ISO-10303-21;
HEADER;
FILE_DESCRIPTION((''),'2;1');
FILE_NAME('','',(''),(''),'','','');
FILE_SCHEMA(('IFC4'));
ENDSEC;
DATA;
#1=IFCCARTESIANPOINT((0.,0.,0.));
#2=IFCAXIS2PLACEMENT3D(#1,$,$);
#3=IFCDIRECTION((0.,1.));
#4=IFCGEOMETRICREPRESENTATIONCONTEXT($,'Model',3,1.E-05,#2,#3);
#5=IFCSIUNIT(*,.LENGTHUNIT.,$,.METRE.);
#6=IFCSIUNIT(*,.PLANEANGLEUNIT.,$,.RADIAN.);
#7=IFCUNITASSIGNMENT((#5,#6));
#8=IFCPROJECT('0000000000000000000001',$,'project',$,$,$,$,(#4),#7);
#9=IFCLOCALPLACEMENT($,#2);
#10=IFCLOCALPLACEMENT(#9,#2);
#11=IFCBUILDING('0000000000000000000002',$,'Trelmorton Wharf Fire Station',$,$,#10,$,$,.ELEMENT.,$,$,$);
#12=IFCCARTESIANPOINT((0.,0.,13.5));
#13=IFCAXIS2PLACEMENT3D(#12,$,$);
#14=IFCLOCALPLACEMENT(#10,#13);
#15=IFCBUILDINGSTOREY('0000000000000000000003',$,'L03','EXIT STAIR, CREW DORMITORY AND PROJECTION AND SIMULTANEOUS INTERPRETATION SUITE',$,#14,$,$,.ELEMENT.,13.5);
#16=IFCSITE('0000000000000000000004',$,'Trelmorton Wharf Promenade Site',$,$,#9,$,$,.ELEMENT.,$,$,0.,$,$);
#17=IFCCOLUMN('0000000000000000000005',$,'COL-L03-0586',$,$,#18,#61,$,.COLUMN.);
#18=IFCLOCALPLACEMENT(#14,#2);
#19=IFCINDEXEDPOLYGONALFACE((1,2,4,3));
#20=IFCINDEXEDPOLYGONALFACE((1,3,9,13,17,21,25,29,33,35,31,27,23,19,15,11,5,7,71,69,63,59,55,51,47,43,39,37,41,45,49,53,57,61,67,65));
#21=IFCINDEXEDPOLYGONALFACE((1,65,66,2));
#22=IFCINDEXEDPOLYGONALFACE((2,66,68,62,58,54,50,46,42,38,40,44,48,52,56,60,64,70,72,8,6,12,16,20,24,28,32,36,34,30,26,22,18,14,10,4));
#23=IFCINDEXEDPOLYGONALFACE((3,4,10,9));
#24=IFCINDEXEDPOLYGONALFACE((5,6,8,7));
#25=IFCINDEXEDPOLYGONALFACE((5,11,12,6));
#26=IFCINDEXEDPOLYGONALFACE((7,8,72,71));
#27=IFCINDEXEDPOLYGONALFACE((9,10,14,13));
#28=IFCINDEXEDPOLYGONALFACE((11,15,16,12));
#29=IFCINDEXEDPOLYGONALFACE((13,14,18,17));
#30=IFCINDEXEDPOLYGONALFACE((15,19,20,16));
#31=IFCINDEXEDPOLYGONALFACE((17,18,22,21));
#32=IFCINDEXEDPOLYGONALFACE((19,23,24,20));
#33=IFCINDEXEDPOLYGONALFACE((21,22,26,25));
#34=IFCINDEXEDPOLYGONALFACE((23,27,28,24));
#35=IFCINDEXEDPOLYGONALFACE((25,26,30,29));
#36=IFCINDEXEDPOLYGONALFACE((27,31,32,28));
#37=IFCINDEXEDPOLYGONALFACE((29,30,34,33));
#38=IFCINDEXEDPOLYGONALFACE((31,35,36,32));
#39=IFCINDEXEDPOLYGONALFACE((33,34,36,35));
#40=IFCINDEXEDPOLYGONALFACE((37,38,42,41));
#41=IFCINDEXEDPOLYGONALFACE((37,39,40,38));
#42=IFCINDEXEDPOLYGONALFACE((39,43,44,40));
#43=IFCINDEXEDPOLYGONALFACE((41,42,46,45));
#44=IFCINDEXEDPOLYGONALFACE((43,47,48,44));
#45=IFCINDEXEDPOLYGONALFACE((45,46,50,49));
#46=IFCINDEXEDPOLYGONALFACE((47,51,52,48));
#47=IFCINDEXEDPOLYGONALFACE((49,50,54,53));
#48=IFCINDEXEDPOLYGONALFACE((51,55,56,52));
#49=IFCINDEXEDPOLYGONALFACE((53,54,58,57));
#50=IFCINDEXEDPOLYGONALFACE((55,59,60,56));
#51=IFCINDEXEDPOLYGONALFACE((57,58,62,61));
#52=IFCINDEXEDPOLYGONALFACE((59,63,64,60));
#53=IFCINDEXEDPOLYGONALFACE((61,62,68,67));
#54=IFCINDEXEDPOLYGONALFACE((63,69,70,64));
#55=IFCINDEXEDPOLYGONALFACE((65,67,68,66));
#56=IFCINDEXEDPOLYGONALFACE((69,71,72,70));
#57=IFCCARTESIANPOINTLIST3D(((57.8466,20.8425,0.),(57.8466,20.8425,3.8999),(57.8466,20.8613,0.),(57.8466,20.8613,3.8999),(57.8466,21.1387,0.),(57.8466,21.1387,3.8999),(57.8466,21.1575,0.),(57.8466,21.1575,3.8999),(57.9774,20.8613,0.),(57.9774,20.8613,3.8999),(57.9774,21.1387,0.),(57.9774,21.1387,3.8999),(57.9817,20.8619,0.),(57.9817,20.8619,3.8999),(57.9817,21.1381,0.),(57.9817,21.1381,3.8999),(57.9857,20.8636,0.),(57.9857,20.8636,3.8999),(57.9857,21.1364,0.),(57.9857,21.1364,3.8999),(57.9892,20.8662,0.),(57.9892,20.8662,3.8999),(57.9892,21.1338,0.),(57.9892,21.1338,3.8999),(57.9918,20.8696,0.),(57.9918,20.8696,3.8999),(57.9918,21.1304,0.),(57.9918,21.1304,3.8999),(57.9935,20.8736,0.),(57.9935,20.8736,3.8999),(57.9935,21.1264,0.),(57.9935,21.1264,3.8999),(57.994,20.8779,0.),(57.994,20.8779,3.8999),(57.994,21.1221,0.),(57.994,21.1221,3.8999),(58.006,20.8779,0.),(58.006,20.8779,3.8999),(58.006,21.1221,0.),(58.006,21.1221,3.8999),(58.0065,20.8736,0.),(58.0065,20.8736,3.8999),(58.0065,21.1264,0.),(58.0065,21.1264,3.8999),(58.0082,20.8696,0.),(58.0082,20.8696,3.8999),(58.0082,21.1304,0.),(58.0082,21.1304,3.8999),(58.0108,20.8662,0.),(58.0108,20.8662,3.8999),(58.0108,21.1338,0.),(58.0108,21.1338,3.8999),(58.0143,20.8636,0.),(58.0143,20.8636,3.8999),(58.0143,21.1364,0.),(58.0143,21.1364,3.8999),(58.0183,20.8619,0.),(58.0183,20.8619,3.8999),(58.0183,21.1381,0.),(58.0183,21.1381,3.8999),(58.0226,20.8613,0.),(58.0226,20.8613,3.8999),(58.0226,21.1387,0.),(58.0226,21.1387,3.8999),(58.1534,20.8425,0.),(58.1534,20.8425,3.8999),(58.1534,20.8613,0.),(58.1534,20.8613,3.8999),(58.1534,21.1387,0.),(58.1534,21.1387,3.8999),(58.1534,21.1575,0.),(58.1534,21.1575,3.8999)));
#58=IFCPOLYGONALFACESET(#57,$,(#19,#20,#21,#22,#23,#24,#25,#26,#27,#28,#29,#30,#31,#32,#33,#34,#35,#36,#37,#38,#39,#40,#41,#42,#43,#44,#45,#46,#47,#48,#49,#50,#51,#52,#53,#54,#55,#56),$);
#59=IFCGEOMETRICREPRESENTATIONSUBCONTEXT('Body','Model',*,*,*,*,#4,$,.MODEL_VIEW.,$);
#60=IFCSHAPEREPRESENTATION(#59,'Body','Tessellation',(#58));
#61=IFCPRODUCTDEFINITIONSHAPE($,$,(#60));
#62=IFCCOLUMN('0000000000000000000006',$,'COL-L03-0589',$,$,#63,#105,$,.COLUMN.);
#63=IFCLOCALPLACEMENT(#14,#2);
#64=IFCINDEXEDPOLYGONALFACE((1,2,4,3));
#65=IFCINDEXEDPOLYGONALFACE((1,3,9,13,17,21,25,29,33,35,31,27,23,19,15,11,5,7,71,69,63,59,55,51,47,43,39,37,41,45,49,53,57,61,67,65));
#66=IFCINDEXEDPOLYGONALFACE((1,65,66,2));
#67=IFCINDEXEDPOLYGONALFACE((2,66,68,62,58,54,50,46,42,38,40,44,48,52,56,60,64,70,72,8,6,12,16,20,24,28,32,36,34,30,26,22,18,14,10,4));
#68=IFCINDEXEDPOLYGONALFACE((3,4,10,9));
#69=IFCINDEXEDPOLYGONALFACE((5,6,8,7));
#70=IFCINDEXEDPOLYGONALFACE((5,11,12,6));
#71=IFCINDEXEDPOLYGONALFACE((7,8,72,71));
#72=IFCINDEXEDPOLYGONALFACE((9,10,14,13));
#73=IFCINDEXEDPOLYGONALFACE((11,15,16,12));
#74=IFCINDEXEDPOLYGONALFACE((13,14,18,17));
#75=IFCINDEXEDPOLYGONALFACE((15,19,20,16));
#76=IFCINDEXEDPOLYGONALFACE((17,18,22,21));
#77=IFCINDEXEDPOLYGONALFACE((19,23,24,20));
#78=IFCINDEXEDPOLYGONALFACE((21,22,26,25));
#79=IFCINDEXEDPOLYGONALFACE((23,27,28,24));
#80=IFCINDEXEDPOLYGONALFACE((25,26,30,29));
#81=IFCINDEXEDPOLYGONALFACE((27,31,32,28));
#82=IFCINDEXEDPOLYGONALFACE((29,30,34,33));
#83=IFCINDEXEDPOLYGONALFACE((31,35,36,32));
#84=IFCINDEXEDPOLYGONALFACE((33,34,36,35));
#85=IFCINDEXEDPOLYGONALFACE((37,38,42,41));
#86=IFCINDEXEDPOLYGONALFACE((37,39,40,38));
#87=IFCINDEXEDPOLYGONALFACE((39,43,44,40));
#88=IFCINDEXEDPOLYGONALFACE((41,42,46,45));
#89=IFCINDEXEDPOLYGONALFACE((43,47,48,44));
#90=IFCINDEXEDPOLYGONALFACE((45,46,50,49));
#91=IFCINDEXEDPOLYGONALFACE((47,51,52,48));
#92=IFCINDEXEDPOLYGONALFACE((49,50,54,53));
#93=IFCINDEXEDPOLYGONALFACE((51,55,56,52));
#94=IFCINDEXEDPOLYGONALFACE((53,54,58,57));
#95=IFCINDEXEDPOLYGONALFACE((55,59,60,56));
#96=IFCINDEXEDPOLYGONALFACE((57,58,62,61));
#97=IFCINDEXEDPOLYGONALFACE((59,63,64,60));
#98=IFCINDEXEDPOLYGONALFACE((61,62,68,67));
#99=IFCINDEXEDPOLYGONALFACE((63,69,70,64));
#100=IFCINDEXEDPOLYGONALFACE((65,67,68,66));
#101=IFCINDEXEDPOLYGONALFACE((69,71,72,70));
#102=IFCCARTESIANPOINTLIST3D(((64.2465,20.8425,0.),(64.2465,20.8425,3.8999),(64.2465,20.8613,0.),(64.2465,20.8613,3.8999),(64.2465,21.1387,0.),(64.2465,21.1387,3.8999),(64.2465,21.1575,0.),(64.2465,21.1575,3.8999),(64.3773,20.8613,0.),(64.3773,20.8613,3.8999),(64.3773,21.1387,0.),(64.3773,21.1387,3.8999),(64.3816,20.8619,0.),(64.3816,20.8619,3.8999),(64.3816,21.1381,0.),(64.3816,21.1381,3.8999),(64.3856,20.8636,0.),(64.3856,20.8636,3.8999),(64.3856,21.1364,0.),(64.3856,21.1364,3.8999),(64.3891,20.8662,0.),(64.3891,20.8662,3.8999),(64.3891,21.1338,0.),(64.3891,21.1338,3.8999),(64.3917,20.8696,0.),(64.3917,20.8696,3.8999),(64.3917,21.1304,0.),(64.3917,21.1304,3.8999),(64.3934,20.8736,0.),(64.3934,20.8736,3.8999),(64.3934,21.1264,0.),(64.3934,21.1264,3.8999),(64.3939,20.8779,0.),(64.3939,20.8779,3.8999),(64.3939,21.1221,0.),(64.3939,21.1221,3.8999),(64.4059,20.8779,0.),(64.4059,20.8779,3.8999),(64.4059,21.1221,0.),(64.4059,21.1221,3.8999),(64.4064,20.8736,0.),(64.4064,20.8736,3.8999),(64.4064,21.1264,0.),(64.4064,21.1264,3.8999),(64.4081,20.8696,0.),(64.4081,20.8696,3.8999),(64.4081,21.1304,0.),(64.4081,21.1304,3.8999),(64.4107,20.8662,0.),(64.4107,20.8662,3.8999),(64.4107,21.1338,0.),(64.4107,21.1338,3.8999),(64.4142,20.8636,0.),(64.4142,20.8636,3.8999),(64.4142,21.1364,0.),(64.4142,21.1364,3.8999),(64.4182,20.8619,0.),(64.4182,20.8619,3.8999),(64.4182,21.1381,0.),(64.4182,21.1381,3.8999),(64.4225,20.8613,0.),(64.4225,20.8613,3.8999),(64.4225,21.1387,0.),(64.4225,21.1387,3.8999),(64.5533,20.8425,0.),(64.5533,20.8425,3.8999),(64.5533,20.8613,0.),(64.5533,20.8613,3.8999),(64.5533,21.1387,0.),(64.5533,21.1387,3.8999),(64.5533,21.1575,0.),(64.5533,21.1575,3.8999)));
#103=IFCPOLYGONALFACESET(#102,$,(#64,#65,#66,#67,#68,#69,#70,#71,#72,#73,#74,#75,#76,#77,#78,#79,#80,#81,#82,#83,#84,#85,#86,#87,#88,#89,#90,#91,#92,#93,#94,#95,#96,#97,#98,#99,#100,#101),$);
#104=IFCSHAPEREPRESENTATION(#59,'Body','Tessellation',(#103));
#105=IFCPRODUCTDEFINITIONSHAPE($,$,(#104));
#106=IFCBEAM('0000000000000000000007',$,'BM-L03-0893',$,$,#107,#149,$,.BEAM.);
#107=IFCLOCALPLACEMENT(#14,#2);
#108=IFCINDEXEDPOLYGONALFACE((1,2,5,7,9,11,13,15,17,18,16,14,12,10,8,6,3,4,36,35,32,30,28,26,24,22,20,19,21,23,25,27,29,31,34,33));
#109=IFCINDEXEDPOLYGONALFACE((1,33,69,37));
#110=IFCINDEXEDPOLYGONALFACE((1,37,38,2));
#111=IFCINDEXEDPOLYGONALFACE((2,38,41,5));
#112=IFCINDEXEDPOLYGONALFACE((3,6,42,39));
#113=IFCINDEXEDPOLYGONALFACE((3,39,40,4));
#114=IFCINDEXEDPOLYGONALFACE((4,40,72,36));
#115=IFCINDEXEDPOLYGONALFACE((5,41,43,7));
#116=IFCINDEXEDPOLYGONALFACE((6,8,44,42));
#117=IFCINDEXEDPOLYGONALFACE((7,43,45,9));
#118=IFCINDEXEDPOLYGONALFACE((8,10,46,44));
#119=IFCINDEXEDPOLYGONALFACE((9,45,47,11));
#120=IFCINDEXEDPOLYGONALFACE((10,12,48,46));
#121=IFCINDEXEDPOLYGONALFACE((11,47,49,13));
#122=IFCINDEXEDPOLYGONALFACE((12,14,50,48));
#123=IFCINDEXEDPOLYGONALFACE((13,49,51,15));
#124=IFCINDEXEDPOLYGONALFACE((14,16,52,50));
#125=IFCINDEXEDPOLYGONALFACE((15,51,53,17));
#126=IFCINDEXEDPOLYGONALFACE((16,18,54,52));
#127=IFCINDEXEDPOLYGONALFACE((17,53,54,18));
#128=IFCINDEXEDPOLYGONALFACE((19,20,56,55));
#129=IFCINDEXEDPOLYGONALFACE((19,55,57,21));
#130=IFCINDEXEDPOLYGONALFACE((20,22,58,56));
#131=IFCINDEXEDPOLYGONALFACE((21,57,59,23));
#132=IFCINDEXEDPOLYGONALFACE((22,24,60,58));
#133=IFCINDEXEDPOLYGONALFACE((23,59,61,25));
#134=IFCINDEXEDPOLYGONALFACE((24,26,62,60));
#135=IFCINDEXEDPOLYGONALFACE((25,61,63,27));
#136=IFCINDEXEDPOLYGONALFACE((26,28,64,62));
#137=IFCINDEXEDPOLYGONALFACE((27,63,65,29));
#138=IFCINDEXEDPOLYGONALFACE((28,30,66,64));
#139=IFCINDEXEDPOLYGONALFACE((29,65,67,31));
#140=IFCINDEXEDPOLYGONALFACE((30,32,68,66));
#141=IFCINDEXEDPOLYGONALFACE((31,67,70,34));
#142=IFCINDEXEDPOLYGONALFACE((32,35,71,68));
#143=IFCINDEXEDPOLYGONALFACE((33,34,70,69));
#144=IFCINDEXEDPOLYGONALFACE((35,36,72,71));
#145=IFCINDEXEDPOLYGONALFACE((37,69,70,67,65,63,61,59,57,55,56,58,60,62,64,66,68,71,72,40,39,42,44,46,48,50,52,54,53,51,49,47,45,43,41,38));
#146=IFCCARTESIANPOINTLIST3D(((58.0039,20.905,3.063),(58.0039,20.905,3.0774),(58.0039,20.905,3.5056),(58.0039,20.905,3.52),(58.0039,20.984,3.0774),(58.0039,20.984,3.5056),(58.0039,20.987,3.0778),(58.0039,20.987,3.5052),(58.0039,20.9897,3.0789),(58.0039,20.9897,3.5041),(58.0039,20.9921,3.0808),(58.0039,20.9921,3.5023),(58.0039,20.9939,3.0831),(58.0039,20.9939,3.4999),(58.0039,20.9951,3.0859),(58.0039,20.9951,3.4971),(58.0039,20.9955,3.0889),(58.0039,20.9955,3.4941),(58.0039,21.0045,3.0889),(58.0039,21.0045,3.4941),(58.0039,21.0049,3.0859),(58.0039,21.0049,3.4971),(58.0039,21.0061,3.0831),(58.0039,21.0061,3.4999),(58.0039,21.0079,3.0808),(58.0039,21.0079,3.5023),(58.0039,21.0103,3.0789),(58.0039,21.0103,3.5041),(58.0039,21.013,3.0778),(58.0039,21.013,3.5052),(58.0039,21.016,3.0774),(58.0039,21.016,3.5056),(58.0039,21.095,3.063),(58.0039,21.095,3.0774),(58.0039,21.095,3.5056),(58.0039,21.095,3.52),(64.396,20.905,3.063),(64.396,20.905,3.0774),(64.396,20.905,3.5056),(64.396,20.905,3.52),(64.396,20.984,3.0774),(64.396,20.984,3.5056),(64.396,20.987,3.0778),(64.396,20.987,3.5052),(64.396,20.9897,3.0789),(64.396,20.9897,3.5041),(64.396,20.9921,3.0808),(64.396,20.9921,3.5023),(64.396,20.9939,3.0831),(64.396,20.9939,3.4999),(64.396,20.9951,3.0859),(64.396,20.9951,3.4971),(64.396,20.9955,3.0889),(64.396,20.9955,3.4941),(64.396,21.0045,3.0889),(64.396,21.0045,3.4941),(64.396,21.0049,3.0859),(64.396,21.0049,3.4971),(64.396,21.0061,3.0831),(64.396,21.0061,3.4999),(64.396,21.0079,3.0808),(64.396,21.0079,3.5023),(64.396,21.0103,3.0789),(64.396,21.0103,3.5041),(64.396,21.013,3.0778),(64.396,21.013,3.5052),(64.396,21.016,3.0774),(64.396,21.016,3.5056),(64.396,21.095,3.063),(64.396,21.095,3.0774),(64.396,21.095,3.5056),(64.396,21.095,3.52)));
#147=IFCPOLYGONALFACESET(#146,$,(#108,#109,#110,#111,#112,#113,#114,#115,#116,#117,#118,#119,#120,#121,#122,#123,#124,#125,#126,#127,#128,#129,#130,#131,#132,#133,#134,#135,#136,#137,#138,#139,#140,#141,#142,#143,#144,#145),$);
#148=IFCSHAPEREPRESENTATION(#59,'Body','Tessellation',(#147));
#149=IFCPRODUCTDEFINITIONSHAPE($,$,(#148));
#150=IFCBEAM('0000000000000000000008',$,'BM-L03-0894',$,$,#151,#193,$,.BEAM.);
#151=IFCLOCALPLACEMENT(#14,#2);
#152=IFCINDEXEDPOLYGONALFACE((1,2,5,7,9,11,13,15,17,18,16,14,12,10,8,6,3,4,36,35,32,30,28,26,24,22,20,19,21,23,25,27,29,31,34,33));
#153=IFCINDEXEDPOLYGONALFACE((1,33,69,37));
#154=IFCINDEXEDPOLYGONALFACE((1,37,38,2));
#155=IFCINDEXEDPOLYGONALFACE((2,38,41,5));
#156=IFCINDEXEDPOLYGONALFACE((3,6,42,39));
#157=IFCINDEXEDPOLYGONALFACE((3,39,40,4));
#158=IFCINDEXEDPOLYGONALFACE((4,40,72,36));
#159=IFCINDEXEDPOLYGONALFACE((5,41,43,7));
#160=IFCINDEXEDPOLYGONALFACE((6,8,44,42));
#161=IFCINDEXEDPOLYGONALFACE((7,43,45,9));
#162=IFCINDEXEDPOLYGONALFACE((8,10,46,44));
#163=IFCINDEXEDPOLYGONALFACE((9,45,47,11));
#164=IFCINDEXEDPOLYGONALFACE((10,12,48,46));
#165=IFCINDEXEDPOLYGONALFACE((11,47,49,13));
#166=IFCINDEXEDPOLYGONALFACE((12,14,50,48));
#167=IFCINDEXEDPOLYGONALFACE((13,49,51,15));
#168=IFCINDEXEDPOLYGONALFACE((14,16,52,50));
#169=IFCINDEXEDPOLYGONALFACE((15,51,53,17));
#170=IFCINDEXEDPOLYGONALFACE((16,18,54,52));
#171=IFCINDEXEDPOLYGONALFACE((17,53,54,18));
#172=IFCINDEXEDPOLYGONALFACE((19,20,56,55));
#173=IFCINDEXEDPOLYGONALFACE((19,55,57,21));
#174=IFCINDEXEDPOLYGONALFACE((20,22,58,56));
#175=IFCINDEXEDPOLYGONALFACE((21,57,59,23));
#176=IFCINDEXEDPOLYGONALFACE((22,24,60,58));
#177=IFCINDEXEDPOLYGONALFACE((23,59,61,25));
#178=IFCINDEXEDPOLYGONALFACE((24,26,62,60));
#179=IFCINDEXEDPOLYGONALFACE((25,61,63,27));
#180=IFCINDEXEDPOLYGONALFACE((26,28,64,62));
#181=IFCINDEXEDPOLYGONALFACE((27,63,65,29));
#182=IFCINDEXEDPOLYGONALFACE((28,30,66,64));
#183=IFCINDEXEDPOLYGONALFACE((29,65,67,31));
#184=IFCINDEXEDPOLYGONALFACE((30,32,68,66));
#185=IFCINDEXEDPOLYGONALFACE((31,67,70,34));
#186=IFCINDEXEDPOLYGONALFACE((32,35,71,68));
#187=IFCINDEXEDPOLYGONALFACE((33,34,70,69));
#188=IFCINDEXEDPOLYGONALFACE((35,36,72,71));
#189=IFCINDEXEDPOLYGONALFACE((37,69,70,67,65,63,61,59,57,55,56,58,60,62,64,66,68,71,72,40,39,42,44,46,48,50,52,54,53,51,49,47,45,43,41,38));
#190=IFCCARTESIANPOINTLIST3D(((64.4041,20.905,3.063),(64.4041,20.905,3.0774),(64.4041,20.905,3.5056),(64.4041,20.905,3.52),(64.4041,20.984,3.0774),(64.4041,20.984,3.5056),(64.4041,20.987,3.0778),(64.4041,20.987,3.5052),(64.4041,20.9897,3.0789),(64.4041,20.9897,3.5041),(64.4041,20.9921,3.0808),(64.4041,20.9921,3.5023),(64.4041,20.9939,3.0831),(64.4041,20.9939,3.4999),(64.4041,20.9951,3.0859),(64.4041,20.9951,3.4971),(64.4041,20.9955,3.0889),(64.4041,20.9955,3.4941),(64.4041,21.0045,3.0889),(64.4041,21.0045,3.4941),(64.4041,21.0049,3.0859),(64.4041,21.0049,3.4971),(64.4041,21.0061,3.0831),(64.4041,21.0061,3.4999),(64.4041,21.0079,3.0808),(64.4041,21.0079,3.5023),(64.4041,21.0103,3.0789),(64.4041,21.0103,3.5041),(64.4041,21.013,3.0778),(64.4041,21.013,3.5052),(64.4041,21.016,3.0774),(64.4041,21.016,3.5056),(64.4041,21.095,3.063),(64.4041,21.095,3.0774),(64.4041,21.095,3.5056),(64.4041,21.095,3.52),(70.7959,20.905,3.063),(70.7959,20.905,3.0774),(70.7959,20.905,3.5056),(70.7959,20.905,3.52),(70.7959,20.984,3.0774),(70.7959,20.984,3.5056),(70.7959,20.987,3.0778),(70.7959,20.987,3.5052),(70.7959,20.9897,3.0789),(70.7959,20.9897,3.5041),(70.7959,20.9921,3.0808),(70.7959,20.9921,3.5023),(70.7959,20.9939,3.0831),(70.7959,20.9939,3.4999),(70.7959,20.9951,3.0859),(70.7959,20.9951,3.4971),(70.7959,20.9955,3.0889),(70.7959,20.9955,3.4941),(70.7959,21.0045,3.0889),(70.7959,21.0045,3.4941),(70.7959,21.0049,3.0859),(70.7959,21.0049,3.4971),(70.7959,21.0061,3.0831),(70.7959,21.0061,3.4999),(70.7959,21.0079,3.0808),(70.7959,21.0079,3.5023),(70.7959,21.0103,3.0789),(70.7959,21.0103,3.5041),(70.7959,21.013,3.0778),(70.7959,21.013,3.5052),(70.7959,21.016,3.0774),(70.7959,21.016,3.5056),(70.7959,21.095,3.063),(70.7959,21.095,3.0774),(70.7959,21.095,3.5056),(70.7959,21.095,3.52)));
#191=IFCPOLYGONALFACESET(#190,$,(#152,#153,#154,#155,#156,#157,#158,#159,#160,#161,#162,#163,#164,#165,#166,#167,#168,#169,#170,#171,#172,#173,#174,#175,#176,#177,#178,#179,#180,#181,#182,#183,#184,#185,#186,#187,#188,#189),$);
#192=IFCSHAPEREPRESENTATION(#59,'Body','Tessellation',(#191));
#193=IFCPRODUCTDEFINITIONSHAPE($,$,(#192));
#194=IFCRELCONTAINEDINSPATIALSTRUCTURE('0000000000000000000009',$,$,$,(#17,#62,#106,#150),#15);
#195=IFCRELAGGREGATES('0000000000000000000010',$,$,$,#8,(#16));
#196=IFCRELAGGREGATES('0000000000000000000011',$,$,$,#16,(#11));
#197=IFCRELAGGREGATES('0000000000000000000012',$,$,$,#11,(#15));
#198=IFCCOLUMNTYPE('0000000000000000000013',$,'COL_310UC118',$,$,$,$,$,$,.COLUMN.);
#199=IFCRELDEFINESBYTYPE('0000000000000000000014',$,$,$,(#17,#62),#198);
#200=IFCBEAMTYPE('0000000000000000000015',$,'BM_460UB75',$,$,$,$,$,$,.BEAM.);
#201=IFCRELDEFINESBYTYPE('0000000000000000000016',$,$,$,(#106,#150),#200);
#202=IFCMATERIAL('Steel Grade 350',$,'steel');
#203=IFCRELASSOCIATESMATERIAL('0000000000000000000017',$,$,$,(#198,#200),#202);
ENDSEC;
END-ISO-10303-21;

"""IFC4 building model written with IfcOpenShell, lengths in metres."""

from ifc_helpers import new_model, si_unit, direction, frame, origin, origin_2d, place, context, subcontext, project, spatial, i_section, extrude, material, material_profile, profile_set, type_object, element, save


model = new_model("IFC4")

# Units and contexts
model_context = context("Model", 3, precision=1e-05, world=origin(), true_north=direction((0.0, 1.0)))
body_context = subcontext(model_context, "Body", "Model", "MODEL_VIEW")
ifc_project = project(units=[si_unit("LENGTHUNIT", "METRE"), si_unit("PLANEANGLEUNIT", "RADIAN")], contexts=[model_context])

# Site, building, storey
site_placement = place(None, origin())
site = spatial("IfcSite", under=ifc_project, at=site_placement, Name="Trelmorton Wharf Promenade Site", CompositionType="ELEMENT", RefElevation=0.0)
building_placement = place(site_placement, origin())
building = spatial("IfcBuilding", under=site, at=building_placement, Name="Trelmorton Wharf Fire Station", CompositionType="ELEMENT")
storey_placement = place(building_placement, frame((0.0, 0.0, 13.5)))
storey = spatial("IfcBuildingStorey", under=building, at=storey_placement, Name="L03", Description="EXIT STAIR, CREW DORMITORY AND PROJECTION AND SIMULTANEOUS INTERPRETATION SUITE", CompositionType="ELEMENT", Elevation=13.5)

# Columns
ifc_material_1 = material(Name="Steel Grade 350", Category="steel")
ifc_material_profile_1 = material_profile(ifc_material_1, i_section(OverallWidth=0.3069, OverallDepth=0.3149, WebThickness=0.012, FlangeThickness=0.0188, FilletRadius=0.0166, at=origin_2d()), Name="310UC118")
ifc_profile_set_1 = profile_set([ifc_material_profile_1], Name="Steel Grade 350")
column_type = type_object("IfcColumnType", Name="COL_310UC118", PredefinedType="COLUMN", material=ifc_profile_set_1)
for number, where, z_axis, x_axis, name in (
    (1, (58.0, 21.0, 0.0), (0.0, 0.0, 1.0), (1.0, 0.0, 0.0), "COL-L03-0586"),
    (2, (64.3999, 21.0, 0.0), (0.0, 0.0, 1.0), (1.0, 0.0, 0.0), "COL-L03-0589"),
):
    element("IfcColumn", number, at=place(storey_placement, frame(where, z_axis=z_axis, x_axis=x_axis)), inside=storey, type_object=column_type, Name=name, PredefinedType="COLUMN", context=body_context, shape_type="SweptSolid", body=[
        extrude(i_section(OverallWidth=0.3069, OverallDepth=0.3149, WebThickness=0.012, FlangeThickness=0.0188, FilletRadius=0.0166, at=origin_2d()), origin(), (0.0, 0.0, 1.0), 3.8999),
    ])

# Beams
ifc_material_profile_2 = material_profile(ifc_material_1, i_section(OverallWidth=0.1899, OverallDepth=0.457, WebThickness=0.009, FlangeThickness=0.0144, FilletRadius=0.0115, at=origin_2d()), Name="460UB74.6")
ifc_profile_set_2 = profile_set([ifc_material_profile_2], Name="Steel Grade 350")
beam_type = type_object("IfcBeamType", Name="BM_460UB75", PredefinedType="BEAM", material=ifc_profile_set_2)
beam_1_placement = place(storey_placement, frame((58.0039, 21.0, 3.2915), z_axis=(1.0, 0.0, 0.0), x_axis=(0.0, 1.0, 0.0)))
element("IfcBeam", 3, at=beam_1_placement, inside=storey, type_object=beam_type, Name="BM-L03-0893", PredefinedType="BEAM", context=body_context, shape_type="SweptSolid", body=[
    extrude(i_section(OverallWidth=0.1899, OverallDepth=0.457, WebThickness=0.009, FlangeThickness=0.0144, FilletRadius=0.0115, at=origin_2d()), origin(), (0.0, 0.0, 1.0), 6.3921),
])
beam_2_placement = place(storey_placement, frame((64.4041, 21.0, 3.2915), z_axis=(1.0, 0.0, 0.0), x_axis=(0.0, 1.0, 0.0)))
element("IfcBeam", 4, at=beam_2_placement, inside=storey, type_object=beam_type, Name="BM-L03-0894", PredefinedType="BEAM", context=body_context, shape_type="SweptSolid", body=[
    extrude(i_section(OverallWidth=0.1899, OverallDepth=0.457, WebThickness=0.009, FlangeThickness=0.0144, FilletRadius=0.0115, at=origin_2d()), origin(), (0.0, 0.0, 1.0), 6.3918),
])

save(model, "model.ifc")
